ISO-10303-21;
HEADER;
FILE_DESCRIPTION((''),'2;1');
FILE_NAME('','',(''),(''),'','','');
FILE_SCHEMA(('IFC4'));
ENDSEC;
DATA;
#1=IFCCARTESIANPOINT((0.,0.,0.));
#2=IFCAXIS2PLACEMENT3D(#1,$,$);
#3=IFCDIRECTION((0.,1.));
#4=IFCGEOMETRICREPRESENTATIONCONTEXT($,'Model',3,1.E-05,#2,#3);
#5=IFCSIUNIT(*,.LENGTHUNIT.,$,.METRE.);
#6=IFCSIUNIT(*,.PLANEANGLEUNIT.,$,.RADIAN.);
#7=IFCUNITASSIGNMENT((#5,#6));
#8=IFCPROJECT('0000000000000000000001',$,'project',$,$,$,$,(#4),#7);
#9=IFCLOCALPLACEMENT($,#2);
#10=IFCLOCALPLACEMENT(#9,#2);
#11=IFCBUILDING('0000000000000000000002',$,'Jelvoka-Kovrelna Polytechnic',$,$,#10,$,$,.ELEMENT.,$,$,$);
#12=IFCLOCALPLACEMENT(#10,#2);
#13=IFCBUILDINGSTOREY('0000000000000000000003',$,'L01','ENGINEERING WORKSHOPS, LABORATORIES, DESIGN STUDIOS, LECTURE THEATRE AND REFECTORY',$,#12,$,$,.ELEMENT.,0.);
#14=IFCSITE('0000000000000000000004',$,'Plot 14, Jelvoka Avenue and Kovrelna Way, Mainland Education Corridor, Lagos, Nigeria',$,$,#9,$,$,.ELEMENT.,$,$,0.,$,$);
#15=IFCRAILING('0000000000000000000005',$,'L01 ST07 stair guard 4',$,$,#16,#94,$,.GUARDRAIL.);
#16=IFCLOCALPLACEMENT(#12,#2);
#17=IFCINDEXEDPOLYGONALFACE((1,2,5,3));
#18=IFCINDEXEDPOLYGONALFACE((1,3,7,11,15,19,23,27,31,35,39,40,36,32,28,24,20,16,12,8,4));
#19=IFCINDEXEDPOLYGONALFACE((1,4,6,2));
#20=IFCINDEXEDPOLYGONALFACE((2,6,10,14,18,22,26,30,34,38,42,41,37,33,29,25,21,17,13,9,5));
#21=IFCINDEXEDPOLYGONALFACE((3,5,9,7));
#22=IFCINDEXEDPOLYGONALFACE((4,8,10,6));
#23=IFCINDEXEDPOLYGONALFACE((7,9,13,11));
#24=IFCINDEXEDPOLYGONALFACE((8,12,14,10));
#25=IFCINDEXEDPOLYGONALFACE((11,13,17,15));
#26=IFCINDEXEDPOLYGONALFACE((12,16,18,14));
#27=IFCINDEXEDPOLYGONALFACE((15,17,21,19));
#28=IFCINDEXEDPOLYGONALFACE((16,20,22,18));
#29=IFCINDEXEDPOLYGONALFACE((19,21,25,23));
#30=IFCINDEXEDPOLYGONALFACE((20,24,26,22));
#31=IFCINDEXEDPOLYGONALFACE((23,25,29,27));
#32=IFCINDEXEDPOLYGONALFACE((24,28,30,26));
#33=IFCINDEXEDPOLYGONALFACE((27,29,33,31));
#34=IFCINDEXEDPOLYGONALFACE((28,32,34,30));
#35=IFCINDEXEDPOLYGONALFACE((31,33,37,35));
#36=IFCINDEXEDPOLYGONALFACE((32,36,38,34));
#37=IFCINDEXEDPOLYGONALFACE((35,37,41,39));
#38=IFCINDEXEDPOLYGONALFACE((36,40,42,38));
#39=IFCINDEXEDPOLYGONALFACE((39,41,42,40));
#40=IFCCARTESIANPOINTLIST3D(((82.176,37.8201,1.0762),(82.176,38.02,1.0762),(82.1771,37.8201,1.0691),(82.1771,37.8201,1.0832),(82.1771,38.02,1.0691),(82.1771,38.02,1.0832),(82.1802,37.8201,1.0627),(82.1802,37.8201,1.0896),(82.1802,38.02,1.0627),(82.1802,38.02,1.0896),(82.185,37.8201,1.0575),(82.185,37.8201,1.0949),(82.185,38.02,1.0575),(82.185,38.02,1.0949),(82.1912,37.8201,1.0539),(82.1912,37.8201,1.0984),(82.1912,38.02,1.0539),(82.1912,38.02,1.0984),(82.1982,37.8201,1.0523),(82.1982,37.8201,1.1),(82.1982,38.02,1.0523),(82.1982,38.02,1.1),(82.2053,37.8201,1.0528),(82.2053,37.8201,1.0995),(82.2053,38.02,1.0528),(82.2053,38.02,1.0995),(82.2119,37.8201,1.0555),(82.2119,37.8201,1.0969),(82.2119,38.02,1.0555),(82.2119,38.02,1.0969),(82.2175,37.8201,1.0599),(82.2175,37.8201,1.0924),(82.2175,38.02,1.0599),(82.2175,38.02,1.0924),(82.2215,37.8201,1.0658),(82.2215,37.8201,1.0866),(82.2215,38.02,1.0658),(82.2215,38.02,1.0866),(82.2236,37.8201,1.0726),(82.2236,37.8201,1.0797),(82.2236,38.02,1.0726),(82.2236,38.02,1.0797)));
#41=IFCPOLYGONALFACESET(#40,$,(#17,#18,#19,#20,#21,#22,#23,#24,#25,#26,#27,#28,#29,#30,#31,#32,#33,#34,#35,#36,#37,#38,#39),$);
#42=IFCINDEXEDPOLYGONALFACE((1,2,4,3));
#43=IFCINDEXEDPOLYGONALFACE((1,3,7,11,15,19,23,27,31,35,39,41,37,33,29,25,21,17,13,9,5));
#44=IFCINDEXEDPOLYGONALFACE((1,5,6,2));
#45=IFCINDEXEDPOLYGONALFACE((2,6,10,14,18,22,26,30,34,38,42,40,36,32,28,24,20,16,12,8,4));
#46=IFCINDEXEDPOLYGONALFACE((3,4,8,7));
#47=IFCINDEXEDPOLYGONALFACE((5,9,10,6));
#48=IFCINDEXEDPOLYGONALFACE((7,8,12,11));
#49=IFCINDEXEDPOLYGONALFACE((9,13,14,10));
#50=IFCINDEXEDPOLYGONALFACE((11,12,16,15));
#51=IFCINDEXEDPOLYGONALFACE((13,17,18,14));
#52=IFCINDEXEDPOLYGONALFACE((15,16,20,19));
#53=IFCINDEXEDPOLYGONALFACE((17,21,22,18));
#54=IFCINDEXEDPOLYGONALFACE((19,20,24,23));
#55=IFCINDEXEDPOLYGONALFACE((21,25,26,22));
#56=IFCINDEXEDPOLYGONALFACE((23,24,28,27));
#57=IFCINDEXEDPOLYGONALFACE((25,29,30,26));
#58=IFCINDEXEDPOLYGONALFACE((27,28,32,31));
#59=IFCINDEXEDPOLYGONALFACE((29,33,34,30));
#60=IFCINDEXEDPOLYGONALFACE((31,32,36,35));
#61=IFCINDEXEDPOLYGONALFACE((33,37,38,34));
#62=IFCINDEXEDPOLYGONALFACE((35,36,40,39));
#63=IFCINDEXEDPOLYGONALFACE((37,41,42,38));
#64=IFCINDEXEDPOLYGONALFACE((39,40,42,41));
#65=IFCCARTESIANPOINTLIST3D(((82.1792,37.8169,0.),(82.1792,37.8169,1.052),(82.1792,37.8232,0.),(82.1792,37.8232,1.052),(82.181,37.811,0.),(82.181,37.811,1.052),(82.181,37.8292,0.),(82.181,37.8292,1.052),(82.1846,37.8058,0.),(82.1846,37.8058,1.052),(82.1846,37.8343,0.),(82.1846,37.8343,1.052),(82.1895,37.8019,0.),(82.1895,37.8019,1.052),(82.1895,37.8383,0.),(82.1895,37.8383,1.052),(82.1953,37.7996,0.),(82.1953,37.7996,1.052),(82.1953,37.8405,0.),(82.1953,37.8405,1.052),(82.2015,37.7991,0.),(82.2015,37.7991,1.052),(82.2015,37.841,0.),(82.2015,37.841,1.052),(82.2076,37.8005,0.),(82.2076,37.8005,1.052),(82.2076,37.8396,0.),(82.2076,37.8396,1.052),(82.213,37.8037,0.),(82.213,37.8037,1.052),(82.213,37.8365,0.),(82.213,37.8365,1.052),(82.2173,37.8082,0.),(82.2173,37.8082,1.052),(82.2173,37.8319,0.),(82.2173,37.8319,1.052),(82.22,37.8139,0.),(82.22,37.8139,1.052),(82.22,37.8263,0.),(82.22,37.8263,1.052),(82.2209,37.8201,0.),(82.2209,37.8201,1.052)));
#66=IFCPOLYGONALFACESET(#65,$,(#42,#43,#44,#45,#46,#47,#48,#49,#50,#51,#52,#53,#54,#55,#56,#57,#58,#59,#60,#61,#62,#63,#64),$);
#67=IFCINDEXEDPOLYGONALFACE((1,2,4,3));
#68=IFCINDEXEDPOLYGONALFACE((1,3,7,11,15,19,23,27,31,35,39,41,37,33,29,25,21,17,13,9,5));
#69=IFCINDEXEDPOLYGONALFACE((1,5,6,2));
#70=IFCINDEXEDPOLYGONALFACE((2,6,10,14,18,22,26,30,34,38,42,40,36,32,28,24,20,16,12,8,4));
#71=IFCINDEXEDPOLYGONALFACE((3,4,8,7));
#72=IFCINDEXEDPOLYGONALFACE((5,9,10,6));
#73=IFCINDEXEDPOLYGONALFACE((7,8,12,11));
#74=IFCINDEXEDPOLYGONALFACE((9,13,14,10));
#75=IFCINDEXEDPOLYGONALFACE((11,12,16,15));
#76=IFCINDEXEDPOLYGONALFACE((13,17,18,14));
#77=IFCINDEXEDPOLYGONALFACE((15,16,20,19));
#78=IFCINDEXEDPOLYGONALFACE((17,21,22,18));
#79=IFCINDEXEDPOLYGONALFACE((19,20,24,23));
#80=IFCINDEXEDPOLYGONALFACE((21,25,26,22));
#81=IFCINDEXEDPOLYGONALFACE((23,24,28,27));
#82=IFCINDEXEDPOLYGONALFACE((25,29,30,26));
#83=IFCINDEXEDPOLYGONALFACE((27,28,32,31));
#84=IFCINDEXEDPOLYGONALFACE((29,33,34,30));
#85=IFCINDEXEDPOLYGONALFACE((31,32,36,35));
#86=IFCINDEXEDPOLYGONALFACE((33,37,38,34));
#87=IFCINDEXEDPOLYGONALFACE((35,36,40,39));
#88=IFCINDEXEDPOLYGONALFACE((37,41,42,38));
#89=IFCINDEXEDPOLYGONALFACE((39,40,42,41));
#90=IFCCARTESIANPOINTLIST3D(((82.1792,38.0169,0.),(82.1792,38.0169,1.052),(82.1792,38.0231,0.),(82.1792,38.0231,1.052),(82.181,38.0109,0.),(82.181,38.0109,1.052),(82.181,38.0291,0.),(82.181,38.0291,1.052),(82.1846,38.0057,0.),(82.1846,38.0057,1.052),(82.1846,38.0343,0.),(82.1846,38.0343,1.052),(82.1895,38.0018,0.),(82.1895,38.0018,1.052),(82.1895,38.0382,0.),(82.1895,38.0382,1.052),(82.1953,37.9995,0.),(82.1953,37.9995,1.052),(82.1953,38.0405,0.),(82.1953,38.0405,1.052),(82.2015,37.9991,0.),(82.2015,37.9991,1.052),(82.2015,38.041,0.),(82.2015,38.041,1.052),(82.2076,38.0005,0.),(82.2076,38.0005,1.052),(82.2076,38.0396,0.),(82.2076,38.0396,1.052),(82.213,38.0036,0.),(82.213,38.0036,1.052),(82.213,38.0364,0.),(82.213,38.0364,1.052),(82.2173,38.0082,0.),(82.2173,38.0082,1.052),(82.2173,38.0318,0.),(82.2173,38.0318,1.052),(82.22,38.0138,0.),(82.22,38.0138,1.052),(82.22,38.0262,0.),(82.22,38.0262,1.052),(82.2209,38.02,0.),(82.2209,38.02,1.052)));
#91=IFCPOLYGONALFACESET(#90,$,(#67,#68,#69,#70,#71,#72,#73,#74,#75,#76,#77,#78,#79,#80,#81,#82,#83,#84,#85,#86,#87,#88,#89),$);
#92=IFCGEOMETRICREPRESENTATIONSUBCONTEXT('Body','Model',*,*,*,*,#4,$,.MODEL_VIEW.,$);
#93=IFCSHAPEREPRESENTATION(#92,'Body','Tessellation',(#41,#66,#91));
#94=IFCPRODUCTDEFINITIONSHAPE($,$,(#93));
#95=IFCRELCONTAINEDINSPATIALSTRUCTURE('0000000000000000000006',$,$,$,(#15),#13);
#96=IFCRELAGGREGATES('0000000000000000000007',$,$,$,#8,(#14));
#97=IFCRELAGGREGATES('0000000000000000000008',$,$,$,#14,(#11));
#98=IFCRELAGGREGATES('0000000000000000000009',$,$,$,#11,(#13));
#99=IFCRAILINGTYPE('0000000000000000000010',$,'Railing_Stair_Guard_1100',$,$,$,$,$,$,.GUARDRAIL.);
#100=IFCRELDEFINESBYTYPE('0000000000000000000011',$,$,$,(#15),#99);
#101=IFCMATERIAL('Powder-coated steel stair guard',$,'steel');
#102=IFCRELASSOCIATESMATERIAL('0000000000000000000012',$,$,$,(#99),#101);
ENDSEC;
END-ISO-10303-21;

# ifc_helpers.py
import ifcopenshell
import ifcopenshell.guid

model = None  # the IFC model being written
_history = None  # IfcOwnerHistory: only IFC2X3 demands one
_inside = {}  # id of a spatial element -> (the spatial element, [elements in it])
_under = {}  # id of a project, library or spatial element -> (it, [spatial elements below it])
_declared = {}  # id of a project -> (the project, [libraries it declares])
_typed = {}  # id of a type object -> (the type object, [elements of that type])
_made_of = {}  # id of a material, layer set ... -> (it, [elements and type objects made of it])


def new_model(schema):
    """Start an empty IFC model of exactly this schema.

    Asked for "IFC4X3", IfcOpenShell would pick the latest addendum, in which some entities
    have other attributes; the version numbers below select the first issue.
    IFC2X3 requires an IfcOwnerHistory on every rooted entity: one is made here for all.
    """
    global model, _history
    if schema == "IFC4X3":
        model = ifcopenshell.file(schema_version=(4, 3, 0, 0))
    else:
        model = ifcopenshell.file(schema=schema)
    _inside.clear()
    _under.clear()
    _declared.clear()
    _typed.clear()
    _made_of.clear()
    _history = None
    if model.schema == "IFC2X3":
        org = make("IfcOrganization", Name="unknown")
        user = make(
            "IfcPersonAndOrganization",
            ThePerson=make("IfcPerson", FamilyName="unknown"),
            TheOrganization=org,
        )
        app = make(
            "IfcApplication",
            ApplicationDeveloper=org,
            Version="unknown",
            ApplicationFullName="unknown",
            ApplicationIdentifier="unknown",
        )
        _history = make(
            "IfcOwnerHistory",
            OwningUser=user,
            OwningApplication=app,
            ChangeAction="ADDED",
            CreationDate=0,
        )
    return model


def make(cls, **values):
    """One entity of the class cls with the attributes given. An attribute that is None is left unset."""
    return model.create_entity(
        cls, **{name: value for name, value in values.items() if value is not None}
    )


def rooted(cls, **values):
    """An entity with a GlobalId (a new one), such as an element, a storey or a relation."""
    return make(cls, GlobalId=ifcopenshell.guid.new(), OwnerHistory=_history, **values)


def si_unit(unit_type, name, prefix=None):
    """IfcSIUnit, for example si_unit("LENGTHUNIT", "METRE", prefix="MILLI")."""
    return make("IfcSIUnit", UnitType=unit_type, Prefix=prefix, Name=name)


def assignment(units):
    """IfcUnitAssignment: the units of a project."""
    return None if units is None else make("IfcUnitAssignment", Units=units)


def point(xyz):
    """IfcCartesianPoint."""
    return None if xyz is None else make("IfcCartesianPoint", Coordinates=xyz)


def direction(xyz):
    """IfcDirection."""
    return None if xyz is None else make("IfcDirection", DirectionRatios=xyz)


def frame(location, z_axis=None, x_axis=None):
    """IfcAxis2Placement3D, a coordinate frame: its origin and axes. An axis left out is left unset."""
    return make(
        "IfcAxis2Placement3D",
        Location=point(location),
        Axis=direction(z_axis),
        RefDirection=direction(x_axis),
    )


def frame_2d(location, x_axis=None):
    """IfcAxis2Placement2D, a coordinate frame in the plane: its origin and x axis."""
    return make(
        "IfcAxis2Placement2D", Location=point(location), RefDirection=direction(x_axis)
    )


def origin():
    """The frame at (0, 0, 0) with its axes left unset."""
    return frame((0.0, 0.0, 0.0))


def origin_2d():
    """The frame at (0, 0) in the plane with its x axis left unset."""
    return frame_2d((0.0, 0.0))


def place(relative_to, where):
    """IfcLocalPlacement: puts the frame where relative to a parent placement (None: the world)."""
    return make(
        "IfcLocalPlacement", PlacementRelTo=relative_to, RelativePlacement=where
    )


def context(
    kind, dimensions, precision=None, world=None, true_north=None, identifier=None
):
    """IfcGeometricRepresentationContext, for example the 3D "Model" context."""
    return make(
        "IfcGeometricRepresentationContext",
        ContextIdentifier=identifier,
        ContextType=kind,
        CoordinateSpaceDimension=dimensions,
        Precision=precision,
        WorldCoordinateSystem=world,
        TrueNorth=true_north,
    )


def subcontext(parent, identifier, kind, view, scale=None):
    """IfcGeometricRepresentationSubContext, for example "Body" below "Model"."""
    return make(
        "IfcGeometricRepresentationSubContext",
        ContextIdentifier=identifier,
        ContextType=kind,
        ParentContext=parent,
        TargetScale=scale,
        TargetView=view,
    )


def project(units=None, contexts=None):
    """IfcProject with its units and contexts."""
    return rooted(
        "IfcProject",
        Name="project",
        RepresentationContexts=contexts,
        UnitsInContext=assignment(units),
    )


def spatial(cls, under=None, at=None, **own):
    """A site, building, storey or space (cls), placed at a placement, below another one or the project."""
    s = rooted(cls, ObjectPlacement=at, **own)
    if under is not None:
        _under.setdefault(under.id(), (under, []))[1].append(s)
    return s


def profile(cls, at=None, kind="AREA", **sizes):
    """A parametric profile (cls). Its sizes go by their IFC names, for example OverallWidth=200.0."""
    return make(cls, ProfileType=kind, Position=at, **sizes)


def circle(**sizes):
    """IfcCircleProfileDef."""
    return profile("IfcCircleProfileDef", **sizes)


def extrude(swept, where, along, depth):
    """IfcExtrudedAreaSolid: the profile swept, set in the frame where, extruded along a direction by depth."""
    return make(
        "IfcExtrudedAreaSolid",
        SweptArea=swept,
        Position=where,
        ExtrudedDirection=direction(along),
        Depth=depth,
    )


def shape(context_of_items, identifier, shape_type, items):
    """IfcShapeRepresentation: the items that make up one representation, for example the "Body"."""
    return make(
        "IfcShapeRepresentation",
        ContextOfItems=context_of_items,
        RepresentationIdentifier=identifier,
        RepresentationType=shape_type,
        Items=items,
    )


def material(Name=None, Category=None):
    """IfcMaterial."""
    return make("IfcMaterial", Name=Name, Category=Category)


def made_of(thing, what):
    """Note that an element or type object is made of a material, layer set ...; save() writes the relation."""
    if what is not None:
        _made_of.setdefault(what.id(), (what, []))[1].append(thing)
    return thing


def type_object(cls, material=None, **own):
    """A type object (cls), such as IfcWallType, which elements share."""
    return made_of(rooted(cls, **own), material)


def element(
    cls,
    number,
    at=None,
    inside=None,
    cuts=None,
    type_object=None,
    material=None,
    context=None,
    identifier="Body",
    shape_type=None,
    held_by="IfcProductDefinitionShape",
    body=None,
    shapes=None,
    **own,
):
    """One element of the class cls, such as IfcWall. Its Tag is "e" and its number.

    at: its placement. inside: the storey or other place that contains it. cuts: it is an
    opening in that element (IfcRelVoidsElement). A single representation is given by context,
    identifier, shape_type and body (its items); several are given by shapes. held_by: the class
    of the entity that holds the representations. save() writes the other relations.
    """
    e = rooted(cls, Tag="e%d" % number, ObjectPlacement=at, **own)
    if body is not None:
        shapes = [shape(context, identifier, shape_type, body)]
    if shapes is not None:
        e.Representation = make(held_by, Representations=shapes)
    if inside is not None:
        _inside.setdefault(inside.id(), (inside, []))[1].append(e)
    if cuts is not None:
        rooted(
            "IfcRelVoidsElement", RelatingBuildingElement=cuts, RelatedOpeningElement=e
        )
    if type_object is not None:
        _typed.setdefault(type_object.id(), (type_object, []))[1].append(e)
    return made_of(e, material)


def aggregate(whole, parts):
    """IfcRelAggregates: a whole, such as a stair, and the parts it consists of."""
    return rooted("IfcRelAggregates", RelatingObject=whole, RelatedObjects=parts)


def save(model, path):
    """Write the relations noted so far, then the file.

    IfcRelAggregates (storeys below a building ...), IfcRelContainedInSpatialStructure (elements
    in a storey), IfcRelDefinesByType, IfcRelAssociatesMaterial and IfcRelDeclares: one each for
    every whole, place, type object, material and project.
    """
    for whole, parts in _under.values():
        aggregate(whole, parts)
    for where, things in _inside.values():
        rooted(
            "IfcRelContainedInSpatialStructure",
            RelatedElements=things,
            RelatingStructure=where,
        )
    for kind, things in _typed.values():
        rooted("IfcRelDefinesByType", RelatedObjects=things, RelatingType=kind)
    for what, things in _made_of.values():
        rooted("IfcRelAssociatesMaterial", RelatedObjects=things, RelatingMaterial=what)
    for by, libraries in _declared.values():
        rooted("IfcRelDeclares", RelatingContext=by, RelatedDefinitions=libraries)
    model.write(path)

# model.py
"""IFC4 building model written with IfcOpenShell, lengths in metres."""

from ifc_helpers import new_model, si_unit, direction, frame, origin, origin_2d, place, context, subcontext, project, spatial, circle, extrude, material, type_object, element, save


model = new_model("IFC4")

# Units and contexts
model_context = context("Model", 3, precision=1e-05, world=origin(), true_north=direction((0.0, 1.0)))
body_context = subcontext(model_context, "Body", "Model", "MODEL_VIEW")
ifc_project = project(units=[si_unit("LENGTHUNIT", "METRE"), si_unit("PLANEANGLEUNIT", "RADIAN")], contexts=[model_context])

# Site, building, storey
site_placement = place(None, origin())
site = spatial("IfcSite", under=ifc_project, at=site_placement, Name="Plot 14, Jelvoka Avenue and Kovrelna Way, Mainland Education Corridor, Lagos, Nigeria", CompositionType="ELEMENT", RefElevation=0.0)
building_placement = place(site_placement, origin())
building = spatial("IfcBuilding", under=site, at=building_placement, Name="Jelvoka-Kovrelna Polytechnic", CompositionType="ELEMENT")
storey_placement = place(building_placement, origin())
storey = spatial("IfcBuildingStorey", under=building, at=storey_placement, Name="L01", Description="ENGINEERING WORKSHOPS, LABORATORIES, DESIGN STUDIOS, LECTURE THEATRE AND REFECTORY", CompositionType="ELEMENT", Elevation=0.0)

# Railing
ifc_material_1 = material(Name="Powder-coated steel stair guard", Category="steel")
railing_type_1 = type_object("IfcRailingType", Name="Railing_Stair_Guard_1100", PredefinedType="GUARDRAIL", material=ifc_material_1)
railing_1_placement = place(storey_placement, frame((82.2, 37.8201, 0.0)))
element("IfcRailing", 1, at=railing_1_placement, inside=storey, type_object=railing_type_1, Name="L01 ST07 stair guard 4", PredefinedType="GUARDRAIL", context=body_context, shape_type="SweptSolid", body=[
    extrude(circle(Radius=0.0239, at=origin_2d()), frame((0.0, 0.0, 1.0762), z_axis=(0.0, 1.0, 0.0), x_axis=(-1.0, 0.0, 0.0)), (0.0, 0.0, 1.0), 0.2),
    extrude(circle(Radius=0.021, at=origin_2d()), origin(), (0.0, 0.0, 1.0), 1.052),
    extrude(circle(Radius=0.021, at=origin_2d()), frame((0.0, 0.2, 0.0)), (0.0, 0.0, 1.0), 1.052),
])

save(model, "model.ifc")
